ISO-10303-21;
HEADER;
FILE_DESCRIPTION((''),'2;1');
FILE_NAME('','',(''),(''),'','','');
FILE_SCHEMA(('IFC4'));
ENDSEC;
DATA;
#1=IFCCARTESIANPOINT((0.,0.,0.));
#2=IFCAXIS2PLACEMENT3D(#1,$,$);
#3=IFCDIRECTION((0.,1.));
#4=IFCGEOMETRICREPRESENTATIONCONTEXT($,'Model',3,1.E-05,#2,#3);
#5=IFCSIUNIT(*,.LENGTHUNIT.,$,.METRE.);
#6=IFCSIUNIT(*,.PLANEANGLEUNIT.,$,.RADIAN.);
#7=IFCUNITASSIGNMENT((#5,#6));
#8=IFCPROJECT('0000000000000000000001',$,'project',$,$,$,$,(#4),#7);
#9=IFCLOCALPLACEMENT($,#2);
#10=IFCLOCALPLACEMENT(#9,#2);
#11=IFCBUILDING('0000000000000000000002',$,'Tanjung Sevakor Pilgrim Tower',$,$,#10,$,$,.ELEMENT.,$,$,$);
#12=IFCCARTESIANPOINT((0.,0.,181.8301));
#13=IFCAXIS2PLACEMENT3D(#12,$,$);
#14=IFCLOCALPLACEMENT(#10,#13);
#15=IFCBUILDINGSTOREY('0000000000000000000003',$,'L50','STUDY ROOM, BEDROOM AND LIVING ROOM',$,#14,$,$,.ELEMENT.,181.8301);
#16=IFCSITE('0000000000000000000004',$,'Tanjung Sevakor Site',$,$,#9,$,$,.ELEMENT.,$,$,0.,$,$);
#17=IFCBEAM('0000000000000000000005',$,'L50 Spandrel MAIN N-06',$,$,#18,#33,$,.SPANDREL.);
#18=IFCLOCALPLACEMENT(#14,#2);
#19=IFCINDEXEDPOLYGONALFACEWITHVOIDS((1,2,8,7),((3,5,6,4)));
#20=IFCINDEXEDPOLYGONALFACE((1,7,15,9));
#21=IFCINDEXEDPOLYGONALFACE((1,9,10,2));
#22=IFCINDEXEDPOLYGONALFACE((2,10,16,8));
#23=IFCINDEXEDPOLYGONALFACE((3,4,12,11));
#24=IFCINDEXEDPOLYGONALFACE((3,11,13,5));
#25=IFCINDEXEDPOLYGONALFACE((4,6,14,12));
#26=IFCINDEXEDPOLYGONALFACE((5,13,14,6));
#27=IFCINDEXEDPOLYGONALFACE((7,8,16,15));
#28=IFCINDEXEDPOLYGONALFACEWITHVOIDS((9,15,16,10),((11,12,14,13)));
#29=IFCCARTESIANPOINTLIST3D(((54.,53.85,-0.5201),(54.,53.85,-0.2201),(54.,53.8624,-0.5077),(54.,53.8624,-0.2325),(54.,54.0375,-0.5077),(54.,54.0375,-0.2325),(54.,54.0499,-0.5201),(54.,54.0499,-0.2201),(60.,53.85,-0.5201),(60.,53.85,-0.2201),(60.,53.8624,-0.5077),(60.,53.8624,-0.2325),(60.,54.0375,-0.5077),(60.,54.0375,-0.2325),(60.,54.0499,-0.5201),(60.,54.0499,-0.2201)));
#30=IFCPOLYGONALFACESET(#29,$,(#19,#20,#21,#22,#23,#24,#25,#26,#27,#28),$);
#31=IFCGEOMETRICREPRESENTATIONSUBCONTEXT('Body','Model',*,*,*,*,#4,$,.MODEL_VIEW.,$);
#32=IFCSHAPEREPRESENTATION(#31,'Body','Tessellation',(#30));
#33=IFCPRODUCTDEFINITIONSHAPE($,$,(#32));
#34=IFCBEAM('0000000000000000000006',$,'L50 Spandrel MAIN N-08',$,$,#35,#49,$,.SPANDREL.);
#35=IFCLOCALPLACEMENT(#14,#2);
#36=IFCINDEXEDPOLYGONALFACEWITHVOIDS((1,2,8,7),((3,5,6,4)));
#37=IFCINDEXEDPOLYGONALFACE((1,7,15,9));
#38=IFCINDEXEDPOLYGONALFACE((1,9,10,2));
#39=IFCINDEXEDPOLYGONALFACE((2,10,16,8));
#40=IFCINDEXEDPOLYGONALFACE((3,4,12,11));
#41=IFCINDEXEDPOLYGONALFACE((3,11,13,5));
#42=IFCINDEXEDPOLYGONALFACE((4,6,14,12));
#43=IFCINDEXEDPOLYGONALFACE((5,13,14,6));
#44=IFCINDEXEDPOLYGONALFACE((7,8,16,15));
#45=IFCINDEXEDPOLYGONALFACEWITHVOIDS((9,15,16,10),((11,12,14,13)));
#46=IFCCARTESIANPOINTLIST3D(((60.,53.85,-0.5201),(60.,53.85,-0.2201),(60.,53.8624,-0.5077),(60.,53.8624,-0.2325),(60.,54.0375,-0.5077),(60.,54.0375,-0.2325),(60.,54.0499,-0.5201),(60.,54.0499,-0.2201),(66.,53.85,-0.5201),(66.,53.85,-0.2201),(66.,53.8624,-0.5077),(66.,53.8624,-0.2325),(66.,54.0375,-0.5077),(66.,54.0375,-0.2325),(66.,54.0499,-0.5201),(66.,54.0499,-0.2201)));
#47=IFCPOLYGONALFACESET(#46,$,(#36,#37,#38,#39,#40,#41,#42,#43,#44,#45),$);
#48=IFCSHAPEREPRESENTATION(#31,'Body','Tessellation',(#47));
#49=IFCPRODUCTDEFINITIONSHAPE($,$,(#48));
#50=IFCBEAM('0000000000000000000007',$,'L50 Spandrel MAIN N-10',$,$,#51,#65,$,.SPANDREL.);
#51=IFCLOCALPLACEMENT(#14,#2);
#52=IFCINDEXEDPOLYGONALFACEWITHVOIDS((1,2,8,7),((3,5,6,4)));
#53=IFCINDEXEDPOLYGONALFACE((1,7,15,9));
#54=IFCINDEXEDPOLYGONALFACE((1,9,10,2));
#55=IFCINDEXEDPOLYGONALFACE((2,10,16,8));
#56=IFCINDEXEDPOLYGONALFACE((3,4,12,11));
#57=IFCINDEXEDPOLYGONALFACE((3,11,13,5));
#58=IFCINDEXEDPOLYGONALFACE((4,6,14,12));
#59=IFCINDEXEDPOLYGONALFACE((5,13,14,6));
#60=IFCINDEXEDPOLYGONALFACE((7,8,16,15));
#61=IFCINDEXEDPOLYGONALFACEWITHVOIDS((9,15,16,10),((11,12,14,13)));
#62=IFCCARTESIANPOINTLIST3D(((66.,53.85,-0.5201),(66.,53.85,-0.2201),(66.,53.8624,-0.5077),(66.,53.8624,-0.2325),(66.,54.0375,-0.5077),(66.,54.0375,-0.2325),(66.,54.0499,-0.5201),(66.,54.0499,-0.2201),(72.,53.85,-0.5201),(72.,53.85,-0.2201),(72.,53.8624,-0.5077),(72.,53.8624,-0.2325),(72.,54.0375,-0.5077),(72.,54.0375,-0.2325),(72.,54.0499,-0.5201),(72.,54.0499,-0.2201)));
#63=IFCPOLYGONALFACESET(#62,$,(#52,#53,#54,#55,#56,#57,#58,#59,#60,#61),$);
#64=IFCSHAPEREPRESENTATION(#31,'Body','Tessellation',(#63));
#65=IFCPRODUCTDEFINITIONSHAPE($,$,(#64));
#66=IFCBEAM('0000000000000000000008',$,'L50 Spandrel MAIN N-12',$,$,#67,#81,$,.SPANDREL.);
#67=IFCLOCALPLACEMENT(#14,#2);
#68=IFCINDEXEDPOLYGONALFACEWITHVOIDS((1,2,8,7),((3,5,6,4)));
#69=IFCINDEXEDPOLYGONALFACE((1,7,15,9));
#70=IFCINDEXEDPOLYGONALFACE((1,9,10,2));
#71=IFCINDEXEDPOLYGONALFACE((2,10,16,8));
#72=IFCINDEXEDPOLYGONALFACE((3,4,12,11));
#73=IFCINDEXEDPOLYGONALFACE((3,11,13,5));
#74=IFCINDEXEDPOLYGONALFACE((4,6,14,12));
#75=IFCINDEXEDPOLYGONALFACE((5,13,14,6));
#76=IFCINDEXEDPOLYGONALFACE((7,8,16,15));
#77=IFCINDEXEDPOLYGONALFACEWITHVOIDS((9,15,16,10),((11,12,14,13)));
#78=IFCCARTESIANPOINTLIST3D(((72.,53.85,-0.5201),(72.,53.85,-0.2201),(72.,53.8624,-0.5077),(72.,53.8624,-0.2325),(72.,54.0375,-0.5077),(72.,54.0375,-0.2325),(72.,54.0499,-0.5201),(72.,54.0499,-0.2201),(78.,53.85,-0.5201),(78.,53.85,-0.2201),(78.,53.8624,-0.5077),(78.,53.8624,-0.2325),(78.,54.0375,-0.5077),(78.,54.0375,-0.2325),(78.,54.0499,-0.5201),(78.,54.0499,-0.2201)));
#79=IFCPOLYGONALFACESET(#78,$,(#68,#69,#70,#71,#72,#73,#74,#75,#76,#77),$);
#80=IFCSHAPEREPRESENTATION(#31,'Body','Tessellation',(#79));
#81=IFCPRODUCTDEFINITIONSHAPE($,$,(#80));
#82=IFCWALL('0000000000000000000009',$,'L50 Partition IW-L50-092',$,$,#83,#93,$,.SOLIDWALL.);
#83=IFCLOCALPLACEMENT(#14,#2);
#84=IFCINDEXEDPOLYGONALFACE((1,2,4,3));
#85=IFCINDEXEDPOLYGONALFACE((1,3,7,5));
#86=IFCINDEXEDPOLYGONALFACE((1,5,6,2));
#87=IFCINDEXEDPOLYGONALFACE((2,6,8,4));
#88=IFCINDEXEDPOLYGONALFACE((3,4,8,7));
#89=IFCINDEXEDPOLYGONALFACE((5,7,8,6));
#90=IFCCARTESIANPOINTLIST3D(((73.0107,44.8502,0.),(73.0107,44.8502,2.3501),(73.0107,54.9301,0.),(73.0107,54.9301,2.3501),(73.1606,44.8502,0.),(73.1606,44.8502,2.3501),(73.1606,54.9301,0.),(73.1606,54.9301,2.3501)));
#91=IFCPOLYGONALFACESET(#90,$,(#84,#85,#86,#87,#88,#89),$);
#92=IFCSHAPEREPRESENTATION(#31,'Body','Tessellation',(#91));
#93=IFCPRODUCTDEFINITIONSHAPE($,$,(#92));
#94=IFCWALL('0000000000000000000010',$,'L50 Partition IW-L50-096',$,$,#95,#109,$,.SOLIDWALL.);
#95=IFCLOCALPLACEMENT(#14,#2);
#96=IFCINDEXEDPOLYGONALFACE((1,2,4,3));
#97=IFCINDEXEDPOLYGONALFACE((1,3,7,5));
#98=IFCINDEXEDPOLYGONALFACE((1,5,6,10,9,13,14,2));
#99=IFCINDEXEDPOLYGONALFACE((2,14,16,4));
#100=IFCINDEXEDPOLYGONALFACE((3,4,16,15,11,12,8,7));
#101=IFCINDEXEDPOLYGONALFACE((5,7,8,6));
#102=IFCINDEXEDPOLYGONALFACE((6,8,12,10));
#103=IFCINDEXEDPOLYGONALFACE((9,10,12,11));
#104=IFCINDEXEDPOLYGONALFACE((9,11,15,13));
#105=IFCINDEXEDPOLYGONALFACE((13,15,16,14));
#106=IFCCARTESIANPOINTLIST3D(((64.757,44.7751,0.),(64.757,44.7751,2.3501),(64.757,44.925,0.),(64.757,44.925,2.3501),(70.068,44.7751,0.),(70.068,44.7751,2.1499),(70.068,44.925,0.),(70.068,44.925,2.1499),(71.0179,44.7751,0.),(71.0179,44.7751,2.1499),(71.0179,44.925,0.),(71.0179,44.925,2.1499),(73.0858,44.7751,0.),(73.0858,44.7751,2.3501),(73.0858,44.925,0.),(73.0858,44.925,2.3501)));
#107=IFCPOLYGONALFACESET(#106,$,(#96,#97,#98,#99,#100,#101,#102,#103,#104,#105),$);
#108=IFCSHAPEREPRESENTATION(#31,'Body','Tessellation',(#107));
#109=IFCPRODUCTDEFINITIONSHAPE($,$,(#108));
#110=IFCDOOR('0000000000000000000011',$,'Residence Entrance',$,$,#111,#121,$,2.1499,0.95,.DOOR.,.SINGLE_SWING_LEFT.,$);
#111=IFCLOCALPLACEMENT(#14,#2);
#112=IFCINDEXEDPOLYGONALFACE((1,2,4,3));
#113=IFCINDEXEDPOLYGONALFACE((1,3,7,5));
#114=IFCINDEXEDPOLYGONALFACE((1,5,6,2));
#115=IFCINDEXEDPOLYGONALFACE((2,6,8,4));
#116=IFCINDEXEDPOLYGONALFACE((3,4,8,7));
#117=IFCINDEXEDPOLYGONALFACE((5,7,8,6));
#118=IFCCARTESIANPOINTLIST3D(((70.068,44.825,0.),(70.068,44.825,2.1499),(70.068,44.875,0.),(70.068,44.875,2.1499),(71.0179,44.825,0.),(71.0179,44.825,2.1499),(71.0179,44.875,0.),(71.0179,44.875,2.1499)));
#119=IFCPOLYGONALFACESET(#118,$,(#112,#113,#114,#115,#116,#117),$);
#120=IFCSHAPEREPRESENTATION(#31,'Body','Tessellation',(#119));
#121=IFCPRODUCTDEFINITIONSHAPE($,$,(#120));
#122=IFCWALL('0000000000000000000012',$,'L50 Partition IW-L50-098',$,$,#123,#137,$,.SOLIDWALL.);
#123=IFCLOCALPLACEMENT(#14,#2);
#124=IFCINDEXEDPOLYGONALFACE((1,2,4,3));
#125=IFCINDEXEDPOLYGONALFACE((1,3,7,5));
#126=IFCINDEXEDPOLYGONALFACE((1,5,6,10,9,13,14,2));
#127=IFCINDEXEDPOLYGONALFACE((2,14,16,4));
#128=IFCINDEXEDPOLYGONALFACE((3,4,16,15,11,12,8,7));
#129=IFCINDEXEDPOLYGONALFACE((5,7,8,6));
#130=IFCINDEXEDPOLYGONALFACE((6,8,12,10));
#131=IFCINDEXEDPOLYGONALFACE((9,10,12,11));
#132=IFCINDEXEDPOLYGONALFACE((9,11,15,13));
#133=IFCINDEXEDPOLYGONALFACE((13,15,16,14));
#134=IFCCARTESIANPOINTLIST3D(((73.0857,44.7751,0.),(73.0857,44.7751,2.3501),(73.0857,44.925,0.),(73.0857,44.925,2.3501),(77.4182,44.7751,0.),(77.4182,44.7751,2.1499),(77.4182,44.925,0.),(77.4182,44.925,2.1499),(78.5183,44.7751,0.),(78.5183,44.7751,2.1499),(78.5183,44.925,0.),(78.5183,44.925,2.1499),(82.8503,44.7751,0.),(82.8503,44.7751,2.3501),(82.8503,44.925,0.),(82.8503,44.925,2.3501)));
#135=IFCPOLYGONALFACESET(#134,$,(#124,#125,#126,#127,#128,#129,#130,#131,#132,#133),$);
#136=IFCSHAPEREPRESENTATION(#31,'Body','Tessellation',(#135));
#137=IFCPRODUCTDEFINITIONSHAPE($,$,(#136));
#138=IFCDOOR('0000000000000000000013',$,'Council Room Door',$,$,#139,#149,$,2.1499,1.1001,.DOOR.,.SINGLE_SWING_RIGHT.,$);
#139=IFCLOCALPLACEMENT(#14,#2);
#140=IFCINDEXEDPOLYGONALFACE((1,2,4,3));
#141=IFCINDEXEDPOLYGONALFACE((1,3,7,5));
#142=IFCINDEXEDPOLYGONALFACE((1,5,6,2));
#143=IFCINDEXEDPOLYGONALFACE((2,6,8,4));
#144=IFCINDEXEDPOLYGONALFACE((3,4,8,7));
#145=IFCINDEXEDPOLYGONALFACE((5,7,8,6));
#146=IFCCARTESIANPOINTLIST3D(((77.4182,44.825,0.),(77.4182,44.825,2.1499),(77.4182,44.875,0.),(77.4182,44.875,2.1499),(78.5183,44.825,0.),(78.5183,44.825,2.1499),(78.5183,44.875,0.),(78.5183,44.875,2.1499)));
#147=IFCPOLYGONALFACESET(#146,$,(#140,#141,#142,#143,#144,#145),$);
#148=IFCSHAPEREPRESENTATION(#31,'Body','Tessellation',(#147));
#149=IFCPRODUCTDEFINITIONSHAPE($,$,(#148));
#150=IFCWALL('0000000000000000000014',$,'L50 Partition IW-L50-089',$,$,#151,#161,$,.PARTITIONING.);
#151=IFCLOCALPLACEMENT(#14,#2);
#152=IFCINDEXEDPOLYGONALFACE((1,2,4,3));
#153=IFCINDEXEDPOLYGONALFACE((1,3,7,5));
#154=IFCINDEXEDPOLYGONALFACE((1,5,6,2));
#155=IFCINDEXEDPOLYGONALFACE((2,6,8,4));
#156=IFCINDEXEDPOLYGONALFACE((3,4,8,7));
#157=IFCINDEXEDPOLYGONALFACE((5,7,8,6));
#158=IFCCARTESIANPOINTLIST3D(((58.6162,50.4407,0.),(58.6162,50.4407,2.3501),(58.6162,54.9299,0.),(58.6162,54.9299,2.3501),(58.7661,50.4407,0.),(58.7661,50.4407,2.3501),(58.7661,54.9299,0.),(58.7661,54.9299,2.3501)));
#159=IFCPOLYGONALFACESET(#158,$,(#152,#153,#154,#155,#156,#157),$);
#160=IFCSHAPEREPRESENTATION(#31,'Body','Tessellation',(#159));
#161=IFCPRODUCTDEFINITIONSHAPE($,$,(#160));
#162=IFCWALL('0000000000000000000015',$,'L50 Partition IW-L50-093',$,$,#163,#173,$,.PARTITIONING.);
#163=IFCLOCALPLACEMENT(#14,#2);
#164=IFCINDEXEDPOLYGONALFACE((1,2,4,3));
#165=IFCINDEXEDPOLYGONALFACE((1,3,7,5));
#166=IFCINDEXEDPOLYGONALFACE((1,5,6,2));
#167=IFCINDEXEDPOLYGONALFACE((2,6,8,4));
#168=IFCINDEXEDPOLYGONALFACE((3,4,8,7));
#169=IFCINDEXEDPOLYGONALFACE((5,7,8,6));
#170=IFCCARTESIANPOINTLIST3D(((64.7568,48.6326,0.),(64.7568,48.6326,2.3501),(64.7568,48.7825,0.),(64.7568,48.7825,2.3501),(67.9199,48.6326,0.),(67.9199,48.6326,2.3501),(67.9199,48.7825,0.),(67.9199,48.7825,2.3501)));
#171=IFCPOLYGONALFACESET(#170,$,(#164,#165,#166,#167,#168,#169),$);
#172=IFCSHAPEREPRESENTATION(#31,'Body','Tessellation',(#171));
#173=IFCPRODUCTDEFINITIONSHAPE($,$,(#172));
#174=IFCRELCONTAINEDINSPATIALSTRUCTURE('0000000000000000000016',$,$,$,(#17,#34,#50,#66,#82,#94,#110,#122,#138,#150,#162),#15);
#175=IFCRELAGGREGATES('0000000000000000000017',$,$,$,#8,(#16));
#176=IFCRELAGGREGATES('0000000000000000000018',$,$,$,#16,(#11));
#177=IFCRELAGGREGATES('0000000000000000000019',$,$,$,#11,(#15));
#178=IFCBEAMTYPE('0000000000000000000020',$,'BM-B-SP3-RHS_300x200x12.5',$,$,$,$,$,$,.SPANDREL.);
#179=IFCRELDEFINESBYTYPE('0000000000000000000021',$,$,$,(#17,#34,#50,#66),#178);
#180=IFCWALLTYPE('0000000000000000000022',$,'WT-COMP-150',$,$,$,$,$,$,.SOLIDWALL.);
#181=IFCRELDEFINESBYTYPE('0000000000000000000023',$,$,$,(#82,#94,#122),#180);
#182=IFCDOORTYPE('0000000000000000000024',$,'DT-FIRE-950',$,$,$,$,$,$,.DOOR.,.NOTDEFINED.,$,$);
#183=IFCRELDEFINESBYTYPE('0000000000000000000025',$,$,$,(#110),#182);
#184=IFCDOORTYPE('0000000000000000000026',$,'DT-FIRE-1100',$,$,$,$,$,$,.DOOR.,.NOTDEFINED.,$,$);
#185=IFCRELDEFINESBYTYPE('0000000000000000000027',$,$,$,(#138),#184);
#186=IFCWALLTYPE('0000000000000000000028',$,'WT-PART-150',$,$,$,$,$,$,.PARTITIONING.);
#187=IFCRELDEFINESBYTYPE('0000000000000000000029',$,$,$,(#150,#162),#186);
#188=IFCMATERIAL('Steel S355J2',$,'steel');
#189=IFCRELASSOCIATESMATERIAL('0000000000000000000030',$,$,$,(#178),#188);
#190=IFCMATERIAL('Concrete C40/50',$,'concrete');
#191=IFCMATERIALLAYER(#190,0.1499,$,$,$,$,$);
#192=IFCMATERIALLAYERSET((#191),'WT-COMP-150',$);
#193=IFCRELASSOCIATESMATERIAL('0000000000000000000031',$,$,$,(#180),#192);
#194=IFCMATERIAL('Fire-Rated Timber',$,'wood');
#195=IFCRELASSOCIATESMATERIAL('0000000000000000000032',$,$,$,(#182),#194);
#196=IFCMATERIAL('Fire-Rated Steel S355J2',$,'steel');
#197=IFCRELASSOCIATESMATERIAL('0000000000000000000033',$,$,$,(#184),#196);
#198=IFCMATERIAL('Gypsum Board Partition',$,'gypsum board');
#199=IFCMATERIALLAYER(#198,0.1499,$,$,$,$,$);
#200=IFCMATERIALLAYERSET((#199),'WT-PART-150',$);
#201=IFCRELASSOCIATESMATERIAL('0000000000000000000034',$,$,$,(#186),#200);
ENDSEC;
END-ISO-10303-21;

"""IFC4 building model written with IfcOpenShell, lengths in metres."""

from ifc_helpers import new_model, si_unit, direction, frame, frame_2d, origin, origin_2d, place, context, subcontext, project, spatial, rectangle, hollow_rectangle, extrude, material, layer, layer_set, material_profile, profile_set, type_object, element, fill, save


model = new_model("IFC4")

# Units and contexts
model_context = context("Model", 3, precision=1e-05, world=origin(), true_north=direction((0.0, 1.0)))
body_context = subcontext(model_context, "Body", "Model", "MODEL_VIEW")
ifc_project = project(units=[si_unit("LENGTHUNIT", "METRE"), si_unit("PLANEANGLEUNIT", "RADIAN")], contexts=[model_context])

# Site, building, storey
site_placement = place(None, origin())
site = spatial("IfcSite", under=ifc_project, at=site_placement, Name="Tanjung Sevakor Site", CompositionType="ELEMENT", RefElevation=0.0)
building_placement = place(site_placement, origin())
building = spatial("IfcBuilding", under=site, at=building_placement, Name="Tanjung Sevakor Pilgrim Tower", CompositionType="ELEMENT")
storey_placement = place(building_placement, frame((0.0, 0.0, 181.8301)))
storey = spatial("IfcBuildingStorey", under=building, at=storey_placement, Name="L50", Description="STUDY ROOM, BEDROOM AND LIVING ROOM", CompositionType="ELEMENT", Elevation=181.8301)

# Beams
ifc_material_1 = material(Name="Steel S355J2", Category="steel")
ifc_material_profile_1 = material_profile(ifc_material_1, hollow_rectangle(XDim=0.2, YDim=0.3, WallThickness=0.0125, at=origin_2d()))
ifc_profile_set_1 = profile_set([ifc_material_profile_1], Name="Steel S355J2")
beam_type_1 = type_object("IfcBeamType", Name="BM-B-SP3-RHS_300x200x12.5", PredefinedType="SPANDREL", material=ifc_profile_set_1)
for number, where, z_axis, x_axis, name in (
    (1, (54.0, 53.95, -0.3701), (1.0, 0.0, 0.0), (0.0, 1.0, 0.0), "L50 Spandrel MAIN N-06"),
    (2, (60.0, 53.95, -0.3701), (1.0, 0.0, 0.0), (0.0, 1.0, 0.0), "L50 Spandrel MAIN N-08"),
    (3, (66.0, 53.95, -0.3701), (1.0, 0.0, 0.0), (0.0, 1.0, 0.0), "L50 Spandrel MAIN N-10"),
    (4, (72.0, 53.95, -0.3701), (1.0, 0.0, 0.0), (0.0, 1.0, 0.0), "L50 Spandrel MAIN N-12"),
):
    element("IfcBeam", number, at=place(storey_placement, frame(where, z_axis=z_axis, x_axis=x_axis)), inside=storey, type_object=beam_type_1, Name=name, PredefinedType="SPANDREL", context=body_context, shape_type="SweptSolid", body=[
        extrude(hollow_rectangle(XDim=0.2, YDim=0.3, WallThickness=0.0125, at=origin_2d()), origin(), (0.0, 0.0, 1.0), 6.0),
    ])

# Wall
ifc_material_2 = material(Name="Concrete C40/50", Category="concrete")
ifc_layer_1 = layer(ifc_material_2, 0.1499)
ifc_layer_set_1 = layer_set([ifc_layer_1], Name="WT-COMP-150")
wall_type_1 = type_object("IfcWallType", Name="WT-COMP-150", PredefinedType="SOLIDWALL", material=ifc_layer_set_1)
wall_1_placement = place(storey_placement, frame((73.0857, 44.8501, 0.0), z_axis=(0.0, 0.0, 1.0), x_axis=(0.0, 1.0, 0.0)))
element("IfcWall", 5, at=wall_1_placement, inside=storey, type_object=wall_type_1, Name="L50 Partition IW-L50-092", PredefinedType="SOLIDWALL", context=body_context, shape_type="SweptSolid", body=[
    extrude(rectangle(XDim=10.0798, YDim=0.1499, at=frame_2d((5.04, 0.0))), origin(), (0.0, 0.0, 1.0), 2.3501),
])

# Walls, openings, doors
wall_2_placement = place(storey_placement, frame((64.7568, 44.8501, 0.0), z_axis=(0.0, 0.0, 1.0), x_axis=(1.0, 0.0, 0.0)))
wall_2 = element("IfcWall", 6, at=wall_2_placement, inside=storey, type_object=wall_type_1, Name="L50 Partition IW-L50-096", PredefinedType="SOLIDWALL", context=body_context, shape_type="SweptSolid", body=[
    extrude(rectangle(XDim=8.3289, YDim=0.1499, at=frame_2d((4.1646, 0.0))), origin(), (0.0, 0.0, 1.0), 2.3501),
])
opening_1_placement = place(wall_2_placement, frame((5.311, 0.0, 0.0)))
opening_1 = element("IfcOpeningElement", 7, at=opening_1_placement, cuts=wall_2, PredefinedType="OPENING", context=body_context, shape_type="SweptSolid", body=[
    extrude(rectangle(XDim=0.95, YDim=2.1499, at=frame_2d((0.4751, 1.075))), frame((0.0, 0.085, 0.0), z_axis=(0.0, -1.0, 0.0), x_axis=(1.0, 0.0, 0.0)), (0.0, 0.0, 1.0), 0.1699),
])
ifc_material_3 = material(Name="Fire-Rated Timber", Category="wood")
door_type_1 = type_object("IfcDoorType", Name="DT-FIRE-950", OperationType="NOTDEFINED", PredefinedType="DOOR", material=ifc_material_3)
door_1_placement = place(opening_1_placement, origin())
door_1 = element("IfcDoor", 8, at=door_1_placement, inside=storey, type_object=door_type_1, Name="Residence Entrance", OperationType="SINGLE_SWING_LEFT", OverallHeight=2.1499, OverallWidth=0.95, PredefinedType="DOOR", context=body_context, shape_type="SweptSolid", body=[
    extrude(rectangle(XDim=0.95, YDim=2.1499, at=frame_2d((0.4751, 1.075))), frame((0.0, 0.0249, 0.0), z_axis=(0.0, -1.0, 0.0), x_axis=(1.0, 0.0, 0.0)), (0.0, 0.0, 1.0), 0.05),
])
fill(opening_1, door_1)
wall_3_placement = place(storey_placement, frame((73.0857, 44.8501, 0.0), z_axis=(0.0, 0.0, 1.0), x_axis=(1.0, 0.0, 0.0)))
wall_3 = element("IfcWall", 9, at=wall_3_placement, inside=storey, type_object=wall_type_1, Name="L50 Partition IW-L50-098", PredefinedType="SOLIDWALL", context=body_context, shape_type="SweptSolid", body=[
    extrude(rectangle(XDim=9.7646, YDim=0.1499, at=frame_2d((4.8823, 0.0))), origin(), (0.0, 0.0, 1.0), 2.3501),
])
opening_2_placement = place(wall_3_placement, frame((4.3325, 0.0, 0.0)))
opening_2 = element("IfcOpeningElement", 10, at=opening_2_placement, cuts=wall_3, PredefinedType="OPENING", context=body_context, shape_type="SweptSolid", body=[
    extrude(rectangle(XDim=1.1001, YDim=2.1499, at=frame_2d((0.55, 1.075))), frame((0.0, 0.085, 0.0), z_axis=(0.0, -1.0, 0.0), x_axis=(1.0, 0.0, 0.0)), (0.0, 0.0, 1.0), 0.1699),
])
ifc_material_4 = material(Name="Fire-Rated Steel S355J2", Category="steel")
door_type_2 = type_object("IfcDoorType", Name="DT-FIRE-1100", OperationType="NOTDEFINED", PredefinedType="DOOR", material=ifc_material_4)
door_2_placement = place(opening_2_placement, origin())
door_2 = element("IfcDoor", 11, at=door_2_placement, inside=storey, type_object=door_type_2, Name="Council Room Door", OperationType="SINGLE_SWING_RIGHT", OverallHeight=2.1499, OverallWidth=1.1001, PredefinedType="DOOR", context=body_context, shape_type="SweptSolid", body=[
    extrude(rectangle(XDim=1.1001, YDim=2.1499, at=frame_2d((0.55, 1.075))), frame((0.0, 0.0249, 0.0), z_axis=(0.0, -1.0, 0.0), x_axis=(1.0, 0.0, 0.0)), (0.0, 0.0, 1.0), 0.05),
])
fill(opening_2, door_2)

# Walls
ifc_material_5 = material(Name="Gypsum Board Partition", Category="gypsum board")
ifc_layer_2 = layer(ifc_material_5, 0.1499)
ifc_layer_set_2 = layer_set([ifc_layer_2], Name="WT-PART-150")
wall_type_2 = type_object("IfcWallType", Name="WT-PART-150", PredefinedType="PARTITIONING", material=ifc_layer_set_2)
wall_4_placement = place(storey_placement, frame((58.6912, 50.4407, 0.0), z_axis=(0.0, 0.0, 1.0), x_axis=(0.0, 1.0, 0.0)))
element("IfcWall", 12, at=wall_4_placement, inside=storey, type_object=wall_type_2, Name="L50 Partition IW-L50-089", PredefinedType="PARTITIONING", context=body_context, shape_type="SweptSolid", body=[
    extrude(rectangle(XDim=4.4893, YDim=0.1499, at=frame_2d((2.2446, 0.0))), origin(), (0.0, 0.0, 1.0), 2.3501),
])
wall_5_placement = place(storey_placement, frame((64.7568, 48.7075, 0.0), z_axis=(0.0, 0.0, 1.0), x_axis=(1.0, 0.0, 0.0)))
element("IfcWall", 13, at=wall_5_placement, inside=storey, type_object=wall_type_2, Name="L50 Partition IW-L50-093", PredefinedType="PARTITIONING", context=body_context, shape_type="SweptSolid", body=[
    extrude(rectangle(XDim=3.1631, YDim=0.1499, at=frame_2d((1.5815, 0.0))), origin(), (0.0, 0.0, 1.0), 2.3501),
])

save(model, "model.ifc")
